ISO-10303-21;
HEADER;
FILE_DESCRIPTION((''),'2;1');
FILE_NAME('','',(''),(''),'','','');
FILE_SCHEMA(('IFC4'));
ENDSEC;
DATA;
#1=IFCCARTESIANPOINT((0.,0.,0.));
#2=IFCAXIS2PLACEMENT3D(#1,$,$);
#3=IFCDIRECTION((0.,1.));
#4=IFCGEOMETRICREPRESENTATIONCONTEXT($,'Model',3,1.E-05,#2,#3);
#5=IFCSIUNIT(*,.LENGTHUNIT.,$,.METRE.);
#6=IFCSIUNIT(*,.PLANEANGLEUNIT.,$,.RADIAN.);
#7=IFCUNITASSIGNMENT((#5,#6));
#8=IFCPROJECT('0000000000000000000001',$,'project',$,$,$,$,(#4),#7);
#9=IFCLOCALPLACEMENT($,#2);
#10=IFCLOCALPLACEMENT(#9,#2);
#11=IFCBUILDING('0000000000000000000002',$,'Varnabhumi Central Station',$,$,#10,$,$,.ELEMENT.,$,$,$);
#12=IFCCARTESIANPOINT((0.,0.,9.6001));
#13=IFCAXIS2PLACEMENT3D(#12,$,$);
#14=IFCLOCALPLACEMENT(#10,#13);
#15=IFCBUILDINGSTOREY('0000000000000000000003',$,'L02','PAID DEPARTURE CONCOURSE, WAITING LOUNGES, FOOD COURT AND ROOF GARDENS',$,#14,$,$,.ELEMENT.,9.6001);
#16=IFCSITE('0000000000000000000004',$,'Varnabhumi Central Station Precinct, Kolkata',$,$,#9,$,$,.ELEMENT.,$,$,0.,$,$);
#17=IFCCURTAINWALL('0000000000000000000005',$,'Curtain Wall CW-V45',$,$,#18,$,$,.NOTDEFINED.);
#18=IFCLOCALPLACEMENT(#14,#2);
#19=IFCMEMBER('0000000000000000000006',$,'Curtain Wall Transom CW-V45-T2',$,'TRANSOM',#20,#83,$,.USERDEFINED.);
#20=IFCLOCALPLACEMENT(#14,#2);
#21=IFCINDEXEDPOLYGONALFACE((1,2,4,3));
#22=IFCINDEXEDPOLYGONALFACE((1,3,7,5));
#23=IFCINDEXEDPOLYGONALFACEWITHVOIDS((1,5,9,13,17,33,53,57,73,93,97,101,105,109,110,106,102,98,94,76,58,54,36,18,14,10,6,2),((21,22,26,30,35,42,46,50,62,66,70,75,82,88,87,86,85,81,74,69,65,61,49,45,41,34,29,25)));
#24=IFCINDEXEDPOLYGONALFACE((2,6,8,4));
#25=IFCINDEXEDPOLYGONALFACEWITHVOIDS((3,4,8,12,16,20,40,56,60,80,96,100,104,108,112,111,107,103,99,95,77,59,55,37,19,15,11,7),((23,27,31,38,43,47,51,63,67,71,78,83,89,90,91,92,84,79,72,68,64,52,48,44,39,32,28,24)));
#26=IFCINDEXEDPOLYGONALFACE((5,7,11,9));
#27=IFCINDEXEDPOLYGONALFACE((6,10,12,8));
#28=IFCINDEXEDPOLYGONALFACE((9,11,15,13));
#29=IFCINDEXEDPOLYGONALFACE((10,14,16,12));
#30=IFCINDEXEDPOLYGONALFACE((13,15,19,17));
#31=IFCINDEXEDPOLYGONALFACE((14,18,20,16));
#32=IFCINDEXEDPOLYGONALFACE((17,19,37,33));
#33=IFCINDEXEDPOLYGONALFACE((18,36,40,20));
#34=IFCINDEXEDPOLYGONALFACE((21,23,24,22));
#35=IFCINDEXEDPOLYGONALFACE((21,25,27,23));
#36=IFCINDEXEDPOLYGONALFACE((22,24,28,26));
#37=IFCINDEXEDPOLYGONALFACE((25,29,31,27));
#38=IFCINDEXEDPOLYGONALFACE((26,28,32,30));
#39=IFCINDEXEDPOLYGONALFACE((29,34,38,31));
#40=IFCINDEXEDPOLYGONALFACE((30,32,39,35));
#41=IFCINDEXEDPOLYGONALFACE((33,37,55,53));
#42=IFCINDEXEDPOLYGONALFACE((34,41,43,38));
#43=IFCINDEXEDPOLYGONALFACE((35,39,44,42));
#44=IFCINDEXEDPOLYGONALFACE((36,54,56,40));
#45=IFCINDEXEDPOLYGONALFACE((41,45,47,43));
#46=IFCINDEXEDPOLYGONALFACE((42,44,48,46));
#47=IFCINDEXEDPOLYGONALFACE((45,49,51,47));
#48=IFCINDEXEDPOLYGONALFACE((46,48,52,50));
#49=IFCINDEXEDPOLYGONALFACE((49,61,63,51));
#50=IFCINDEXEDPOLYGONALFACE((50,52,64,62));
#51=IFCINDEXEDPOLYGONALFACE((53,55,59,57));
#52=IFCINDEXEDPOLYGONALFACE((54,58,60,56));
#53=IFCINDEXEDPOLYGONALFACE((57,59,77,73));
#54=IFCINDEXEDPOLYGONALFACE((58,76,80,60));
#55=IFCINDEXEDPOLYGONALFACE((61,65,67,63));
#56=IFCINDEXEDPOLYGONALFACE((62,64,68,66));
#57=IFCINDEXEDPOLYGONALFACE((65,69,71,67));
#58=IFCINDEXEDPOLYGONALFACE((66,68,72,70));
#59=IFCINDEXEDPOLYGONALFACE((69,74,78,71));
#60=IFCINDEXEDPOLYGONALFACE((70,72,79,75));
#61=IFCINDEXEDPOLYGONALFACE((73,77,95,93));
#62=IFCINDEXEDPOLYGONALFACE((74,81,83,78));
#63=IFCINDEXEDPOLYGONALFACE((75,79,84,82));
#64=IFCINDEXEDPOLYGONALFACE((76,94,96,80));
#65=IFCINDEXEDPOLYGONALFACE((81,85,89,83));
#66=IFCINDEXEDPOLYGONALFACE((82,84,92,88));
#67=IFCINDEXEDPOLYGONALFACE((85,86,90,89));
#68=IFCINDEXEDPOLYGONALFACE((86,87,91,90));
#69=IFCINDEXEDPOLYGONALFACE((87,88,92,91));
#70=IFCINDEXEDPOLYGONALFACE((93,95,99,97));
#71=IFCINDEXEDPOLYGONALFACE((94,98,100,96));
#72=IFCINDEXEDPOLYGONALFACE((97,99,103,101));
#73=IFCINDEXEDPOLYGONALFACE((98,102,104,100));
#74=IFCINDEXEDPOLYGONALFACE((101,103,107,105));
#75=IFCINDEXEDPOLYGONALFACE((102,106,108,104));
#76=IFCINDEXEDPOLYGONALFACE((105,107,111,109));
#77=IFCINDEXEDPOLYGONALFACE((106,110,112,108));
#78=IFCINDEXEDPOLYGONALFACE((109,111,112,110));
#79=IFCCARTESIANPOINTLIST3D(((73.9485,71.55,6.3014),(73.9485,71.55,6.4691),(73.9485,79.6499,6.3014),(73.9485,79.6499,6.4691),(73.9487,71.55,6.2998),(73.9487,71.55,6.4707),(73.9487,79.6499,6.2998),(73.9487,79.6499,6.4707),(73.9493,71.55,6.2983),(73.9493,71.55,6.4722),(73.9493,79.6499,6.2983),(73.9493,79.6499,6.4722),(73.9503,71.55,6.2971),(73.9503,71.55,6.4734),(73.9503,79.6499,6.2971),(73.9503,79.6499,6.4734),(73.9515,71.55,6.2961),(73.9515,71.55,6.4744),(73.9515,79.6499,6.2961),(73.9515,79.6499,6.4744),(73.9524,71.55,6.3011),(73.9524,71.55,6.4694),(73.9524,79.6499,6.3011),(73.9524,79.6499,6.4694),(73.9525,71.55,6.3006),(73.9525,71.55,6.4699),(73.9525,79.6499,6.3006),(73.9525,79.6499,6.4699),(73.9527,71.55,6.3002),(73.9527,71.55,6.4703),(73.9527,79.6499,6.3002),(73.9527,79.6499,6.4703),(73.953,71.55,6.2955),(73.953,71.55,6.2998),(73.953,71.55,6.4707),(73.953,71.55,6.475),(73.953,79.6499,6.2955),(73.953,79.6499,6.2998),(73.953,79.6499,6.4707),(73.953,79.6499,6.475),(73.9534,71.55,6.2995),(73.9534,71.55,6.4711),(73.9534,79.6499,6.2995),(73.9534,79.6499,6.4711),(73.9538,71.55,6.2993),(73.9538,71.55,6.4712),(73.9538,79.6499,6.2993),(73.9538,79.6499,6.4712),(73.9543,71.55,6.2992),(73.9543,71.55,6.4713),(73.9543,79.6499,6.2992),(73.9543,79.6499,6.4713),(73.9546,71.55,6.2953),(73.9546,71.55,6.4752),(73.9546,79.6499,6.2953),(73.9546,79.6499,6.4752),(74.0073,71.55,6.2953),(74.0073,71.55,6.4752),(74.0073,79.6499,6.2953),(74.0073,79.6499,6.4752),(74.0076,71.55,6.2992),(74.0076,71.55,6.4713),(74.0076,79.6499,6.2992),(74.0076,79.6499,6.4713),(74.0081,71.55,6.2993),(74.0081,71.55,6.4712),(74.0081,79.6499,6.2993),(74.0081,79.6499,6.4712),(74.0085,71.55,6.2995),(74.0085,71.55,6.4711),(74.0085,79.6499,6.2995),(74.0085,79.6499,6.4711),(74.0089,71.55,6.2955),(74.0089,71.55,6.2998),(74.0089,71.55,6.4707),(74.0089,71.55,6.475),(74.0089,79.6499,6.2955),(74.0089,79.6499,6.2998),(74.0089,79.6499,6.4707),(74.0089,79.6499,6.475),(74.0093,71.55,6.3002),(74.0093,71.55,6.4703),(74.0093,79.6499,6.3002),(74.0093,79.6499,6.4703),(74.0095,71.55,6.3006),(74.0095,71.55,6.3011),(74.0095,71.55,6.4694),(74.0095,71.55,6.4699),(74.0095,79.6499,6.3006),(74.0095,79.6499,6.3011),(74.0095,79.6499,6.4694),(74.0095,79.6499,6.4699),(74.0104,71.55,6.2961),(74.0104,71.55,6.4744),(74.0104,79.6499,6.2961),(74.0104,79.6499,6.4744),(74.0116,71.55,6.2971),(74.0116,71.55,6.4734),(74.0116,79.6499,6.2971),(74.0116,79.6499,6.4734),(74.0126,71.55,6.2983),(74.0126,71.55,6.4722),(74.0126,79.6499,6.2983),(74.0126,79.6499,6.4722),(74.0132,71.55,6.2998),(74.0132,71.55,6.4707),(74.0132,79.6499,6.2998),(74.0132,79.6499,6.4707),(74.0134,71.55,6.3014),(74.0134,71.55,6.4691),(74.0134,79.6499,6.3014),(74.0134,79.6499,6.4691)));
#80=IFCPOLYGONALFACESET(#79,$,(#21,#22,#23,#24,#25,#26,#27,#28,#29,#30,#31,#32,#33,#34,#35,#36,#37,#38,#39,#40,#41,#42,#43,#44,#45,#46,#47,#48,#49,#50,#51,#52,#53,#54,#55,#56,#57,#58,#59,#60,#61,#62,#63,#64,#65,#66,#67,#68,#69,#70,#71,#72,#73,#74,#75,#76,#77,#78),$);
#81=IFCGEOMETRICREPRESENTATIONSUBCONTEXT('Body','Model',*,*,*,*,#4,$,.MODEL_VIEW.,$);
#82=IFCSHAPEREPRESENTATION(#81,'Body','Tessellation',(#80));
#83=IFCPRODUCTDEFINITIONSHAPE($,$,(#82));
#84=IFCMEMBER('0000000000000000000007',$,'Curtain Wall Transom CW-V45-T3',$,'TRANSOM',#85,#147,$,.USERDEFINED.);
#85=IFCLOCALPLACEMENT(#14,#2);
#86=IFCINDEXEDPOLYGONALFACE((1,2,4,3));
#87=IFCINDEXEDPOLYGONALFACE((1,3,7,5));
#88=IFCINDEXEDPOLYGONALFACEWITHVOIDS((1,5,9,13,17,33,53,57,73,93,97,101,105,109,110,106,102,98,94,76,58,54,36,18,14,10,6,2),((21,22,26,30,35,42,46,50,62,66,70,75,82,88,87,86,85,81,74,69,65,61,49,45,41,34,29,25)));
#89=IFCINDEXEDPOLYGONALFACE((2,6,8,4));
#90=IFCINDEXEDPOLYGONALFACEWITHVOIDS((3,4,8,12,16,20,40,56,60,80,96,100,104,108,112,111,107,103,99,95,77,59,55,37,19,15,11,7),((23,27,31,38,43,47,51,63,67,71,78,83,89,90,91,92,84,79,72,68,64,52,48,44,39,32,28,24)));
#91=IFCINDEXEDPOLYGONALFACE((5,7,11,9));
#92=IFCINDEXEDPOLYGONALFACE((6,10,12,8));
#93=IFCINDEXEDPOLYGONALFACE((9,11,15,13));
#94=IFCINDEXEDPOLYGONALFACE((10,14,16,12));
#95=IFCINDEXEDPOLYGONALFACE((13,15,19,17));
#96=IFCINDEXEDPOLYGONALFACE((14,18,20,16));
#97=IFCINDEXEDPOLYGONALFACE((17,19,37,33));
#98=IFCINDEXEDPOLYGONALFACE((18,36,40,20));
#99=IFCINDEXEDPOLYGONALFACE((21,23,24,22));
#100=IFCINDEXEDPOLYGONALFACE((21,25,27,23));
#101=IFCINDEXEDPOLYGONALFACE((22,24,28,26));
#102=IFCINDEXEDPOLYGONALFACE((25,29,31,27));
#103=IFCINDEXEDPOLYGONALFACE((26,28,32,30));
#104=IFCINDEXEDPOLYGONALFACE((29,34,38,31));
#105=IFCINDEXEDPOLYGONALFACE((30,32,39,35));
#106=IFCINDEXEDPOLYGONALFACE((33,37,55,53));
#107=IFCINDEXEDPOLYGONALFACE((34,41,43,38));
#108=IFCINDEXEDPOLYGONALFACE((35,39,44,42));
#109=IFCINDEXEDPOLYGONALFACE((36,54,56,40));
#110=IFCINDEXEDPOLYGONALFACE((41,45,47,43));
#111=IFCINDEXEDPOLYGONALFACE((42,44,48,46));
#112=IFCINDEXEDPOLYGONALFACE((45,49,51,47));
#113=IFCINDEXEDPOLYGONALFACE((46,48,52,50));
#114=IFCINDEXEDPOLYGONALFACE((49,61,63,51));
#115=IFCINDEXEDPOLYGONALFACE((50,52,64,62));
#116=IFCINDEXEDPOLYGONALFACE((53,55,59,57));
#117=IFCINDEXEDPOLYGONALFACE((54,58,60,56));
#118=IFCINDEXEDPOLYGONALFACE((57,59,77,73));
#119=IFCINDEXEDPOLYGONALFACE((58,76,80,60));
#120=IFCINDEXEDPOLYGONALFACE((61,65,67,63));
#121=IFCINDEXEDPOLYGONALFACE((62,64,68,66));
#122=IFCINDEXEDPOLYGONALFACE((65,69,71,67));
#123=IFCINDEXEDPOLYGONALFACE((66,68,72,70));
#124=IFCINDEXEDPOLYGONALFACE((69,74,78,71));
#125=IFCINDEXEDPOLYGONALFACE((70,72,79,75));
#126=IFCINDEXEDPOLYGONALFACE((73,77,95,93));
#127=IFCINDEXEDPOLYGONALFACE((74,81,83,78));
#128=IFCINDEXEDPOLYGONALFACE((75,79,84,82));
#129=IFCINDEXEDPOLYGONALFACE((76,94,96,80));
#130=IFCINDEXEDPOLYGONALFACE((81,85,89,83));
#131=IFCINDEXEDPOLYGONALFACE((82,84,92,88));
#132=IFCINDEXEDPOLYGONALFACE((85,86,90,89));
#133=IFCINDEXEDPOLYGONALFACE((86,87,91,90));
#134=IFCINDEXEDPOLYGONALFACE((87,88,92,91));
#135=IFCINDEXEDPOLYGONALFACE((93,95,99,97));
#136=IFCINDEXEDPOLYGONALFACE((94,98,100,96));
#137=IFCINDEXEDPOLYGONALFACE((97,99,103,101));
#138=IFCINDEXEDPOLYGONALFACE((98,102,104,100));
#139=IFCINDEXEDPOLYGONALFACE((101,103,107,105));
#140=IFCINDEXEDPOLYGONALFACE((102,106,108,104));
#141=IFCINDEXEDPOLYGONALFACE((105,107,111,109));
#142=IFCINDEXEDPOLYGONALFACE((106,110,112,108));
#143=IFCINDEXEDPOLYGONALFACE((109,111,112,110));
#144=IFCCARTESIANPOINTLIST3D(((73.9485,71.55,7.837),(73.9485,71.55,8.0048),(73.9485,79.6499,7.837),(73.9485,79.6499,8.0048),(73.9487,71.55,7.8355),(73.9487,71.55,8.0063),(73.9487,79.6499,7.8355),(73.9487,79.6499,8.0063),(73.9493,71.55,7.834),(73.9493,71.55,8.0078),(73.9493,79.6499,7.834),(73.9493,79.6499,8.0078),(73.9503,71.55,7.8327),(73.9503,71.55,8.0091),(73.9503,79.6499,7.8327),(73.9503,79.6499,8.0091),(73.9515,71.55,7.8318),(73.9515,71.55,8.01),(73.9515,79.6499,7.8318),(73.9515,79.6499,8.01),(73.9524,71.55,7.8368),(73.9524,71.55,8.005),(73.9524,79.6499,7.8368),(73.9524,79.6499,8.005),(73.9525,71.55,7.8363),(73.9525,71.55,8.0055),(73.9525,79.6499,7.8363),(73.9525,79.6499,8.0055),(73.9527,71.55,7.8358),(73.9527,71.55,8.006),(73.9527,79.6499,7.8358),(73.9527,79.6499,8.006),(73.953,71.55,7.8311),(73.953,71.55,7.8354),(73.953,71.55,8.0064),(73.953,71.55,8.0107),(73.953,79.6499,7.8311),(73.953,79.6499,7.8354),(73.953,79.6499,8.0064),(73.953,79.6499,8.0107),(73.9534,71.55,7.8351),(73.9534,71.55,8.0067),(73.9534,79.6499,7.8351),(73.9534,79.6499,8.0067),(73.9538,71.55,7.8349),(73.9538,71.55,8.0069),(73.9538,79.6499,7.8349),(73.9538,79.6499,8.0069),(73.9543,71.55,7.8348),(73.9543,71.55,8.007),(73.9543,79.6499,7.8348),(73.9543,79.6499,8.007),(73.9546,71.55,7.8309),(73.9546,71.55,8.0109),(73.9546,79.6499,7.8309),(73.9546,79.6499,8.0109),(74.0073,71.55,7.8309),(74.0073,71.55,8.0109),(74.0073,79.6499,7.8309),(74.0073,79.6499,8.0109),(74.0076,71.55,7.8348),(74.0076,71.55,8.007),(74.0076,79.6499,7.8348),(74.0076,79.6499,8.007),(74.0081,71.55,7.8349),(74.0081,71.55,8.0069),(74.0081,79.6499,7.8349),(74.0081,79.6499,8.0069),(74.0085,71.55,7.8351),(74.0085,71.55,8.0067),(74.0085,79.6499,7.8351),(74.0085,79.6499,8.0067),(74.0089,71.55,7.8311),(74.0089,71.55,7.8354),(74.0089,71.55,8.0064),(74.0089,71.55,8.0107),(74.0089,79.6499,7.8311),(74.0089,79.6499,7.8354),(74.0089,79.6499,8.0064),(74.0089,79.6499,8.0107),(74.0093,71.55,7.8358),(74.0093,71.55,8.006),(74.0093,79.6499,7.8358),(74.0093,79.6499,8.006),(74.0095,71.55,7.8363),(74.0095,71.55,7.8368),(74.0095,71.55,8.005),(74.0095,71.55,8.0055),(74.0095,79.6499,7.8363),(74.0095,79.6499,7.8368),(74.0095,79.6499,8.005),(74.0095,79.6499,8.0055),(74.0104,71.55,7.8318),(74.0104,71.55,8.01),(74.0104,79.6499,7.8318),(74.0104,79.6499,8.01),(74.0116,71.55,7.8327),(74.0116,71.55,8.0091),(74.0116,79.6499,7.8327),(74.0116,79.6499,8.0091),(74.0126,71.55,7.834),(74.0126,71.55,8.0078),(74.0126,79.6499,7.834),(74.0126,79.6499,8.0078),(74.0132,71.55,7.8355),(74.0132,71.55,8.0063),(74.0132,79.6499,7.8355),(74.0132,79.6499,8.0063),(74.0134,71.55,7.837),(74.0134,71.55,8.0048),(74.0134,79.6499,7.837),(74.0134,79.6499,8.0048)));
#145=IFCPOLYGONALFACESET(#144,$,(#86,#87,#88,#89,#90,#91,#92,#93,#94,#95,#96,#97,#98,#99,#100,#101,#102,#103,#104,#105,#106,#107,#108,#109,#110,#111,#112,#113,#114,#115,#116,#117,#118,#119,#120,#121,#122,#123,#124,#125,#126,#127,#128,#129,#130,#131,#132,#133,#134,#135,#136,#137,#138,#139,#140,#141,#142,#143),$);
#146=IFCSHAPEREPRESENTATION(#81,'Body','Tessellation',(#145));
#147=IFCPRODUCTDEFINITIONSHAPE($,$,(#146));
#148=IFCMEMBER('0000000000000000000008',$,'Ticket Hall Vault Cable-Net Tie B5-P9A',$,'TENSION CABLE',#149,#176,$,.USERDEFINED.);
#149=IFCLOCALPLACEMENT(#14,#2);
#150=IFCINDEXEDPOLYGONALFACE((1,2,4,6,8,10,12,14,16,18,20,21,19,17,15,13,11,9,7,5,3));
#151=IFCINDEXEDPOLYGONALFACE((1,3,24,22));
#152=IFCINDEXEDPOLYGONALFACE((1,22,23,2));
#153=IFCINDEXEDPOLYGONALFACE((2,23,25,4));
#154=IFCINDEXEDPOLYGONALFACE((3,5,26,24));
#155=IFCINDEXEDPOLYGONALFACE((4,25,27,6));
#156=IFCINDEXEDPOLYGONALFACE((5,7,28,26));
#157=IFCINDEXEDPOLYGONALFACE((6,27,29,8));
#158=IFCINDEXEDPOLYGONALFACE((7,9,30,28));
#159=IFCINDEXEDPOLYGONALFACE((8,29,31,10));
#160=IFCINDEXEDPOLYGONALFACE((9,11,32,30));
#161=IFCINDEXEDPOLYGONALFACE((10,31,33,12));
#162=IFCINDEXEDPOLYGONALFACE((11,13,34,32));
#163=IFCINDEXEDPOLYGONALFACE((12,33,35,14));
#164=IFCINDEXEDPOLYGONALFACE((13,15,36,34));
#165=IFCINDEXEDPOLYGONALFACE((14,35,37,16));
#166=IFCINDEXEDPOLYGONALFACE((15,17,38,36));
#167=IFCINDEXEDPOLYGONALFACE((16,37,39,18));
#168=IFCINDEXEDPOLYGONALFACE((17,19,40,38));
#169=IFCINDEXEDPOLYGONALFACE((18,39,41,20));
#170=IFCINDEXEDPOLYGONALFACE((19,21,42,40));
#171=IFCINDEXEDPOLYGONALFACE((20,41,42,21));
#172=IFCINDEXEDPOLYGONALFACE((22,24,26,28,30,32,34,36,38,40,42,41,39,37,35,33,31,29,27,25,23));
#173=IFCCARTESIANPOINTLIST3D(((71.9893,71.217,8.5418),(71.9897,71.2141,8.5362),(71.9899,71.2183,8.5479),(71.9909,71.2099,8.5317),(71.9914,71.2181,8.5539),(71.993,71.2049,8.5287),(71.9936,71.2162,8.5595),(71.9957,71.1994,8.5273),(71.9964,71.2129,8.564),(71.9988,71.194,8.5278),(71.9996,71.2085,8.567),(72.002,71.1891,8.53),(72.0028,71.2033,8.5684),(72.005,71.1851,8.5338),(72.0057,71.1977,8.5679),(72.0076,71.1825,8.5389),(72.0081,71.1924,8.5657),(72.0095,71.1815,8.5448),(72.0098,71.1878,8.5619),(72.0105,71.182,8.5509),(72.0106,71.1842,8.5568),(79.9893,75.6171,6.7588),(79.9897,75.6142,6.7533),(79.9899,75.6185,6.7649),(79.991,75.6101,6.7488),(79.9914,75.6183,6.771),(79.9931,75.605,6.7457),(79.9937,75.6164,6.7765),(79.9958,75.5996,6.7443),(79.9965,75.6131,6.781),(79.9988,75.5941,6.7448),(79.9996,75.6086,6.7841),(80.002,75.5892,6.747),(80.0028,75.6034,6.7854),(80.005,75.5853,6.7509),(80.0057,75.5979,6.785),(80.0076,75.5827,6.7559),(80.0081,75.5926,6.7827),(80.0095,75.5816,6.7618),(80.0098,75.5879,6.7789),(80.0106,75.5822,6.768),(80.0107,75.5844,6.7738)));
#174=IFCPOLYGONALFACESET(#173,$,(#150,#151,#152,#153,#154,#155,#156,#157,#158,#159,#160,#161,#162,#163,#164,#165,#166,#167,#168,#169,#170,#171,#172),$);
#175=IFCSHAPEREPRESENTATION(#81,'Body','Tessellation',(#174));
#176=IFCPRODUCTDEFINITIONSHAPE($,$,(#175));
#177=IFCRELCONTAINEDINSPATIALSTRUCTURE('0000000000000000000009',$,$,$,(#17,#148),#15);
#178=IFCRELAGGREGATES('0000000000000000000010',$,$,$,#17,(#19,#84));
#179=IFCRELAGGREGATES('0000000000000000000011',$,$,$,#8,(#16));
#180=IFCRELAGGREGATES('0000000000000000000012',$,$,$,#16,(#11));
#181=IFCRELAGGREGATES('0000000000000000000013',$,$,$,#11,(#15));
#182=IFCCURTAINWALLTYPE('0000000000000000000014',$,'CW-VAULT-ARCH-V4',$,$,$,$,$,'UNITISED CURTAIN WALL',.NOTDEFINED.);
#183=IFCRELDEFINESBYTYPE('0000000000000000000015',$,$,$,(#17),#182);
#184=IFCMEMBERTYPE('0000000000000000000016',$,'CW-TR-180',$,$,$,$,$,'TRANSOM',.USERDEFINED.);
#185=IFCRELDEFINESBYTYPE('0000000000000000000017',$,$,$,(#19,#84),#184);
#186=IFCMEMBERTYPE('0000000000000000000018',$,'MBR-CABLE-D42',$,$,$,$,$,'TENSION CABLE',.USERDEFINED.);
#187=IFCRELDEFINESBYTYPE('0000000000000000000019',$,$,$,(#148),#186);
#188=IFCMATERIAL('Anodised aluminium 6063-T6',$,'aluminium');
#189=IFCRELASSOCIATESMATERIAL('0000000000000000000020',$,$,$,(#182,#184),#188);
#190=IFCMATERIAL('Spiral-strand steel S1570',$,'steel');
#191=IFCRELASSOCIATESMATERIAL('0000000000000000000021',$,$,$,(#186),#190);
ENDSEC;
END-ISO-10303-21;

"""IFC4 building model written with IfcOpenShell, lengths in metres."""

from ifc_helpers import new_model, si_unit, direction, frame, origin, origin_2d, place, context, subcontext, project, spatial, hollow_rectangle, circle, extrude, material, material_profile, profile_set, type_object, element, aggregate, save


model = new_model("IFC4")

# Units and contexts
model_context = context("Model", 3, precision=1e-05, world=origin(), true_north=direction((0.0, 1.0)))
body_context = subcontext(model_context, "Body", "Model", "MODEL_VIEW")
ifc_project = project(units=[si_unit("LENGTHUNIT", "METRE"), si_unit("PLANEANGLEUNIT", "RADIAN")], contexts=[model_context])

# Site, building, storey
site_placement = place(None, origin())
site = spatial("IfcSite", under=ifc_project, at=site_placement, Name="Varnabhumi Central Station Precinct, Kolkata", CompositionType="ELEMENT", RefElevation=0.0)
building_placement = place(site_placement, origin())
building = spatial("IfcBuilding", under=site, at=building_placement, Name="Varnabhumi Central Station", CompositionType="ELEMENT")
storey_placement = place(building_placement, frame((0.0, 0.0, 9.6001)))
storey = spatial("IfcBuildingStorey", under=building, at=storey_placement, Name="L02", Description="PAID DEPARTURE CONCOURSE, WAITING LOUNGES, FOOD COURT AND ROOF GARDENS", CompositionType="ELEMENT", Elevation=9.6001)

# Curtain wall, members
ifc_material_1 = material(Name="Anodised aluminium 6063-T6", Category="aluminium")
curtain_wall_type = type_object("IfcCurtainWallType", Name="CW-VAULT-ARCH-V4", ElementType="UNITISED CURTAIN WALL", PredefinedType="NOTDEFINED", material=ifc_material_1)
curtain_wall_1_placement = place(storey_placement, origin())
curtain_wall_1 = element("IfcCurtainWall", 1, at=curtain_wall_1_placement, inside=storey, type_object=curtain_wall_type, Name="Curtain Wall CW-V45", PredefinedType="NOTDEFINED")
ifc_material_profile_1 = material_profile(ifc_material_1, hollow_rectangle(XDim=0.0649, YDim=0.1799, WallThickness=0.0039, InnerFilletRadius=0.002, OuterFilletRadius=0.0061, at=origin_2d()), Name="Anodised aluminium 6063-T6", Category="aluminium")
ifc_profile_set_1 = profile_set([ifc_material_profile_1], Name="Anodised aluminium 6063-T6")
member_type_1 = type_object("IfcMemberType", Name="CW-TR-180", ElementType="TRANSOM", PredefinedType="USERDEFINED", material=ifc_profile_set_1)
member_1_placement = place(storey_placement, frame((73.981, 71.55, 6.3853), z_axis=(0.0, 1.0, 0.0), x_axis=(-1.0, 0.0, 0.0)))
member_1 = element("IfcMember", 2, at=member_1_placement, type_object=member_type_1, Name="Curtain Wall Transom CW-V45-T2", ObjectType="TRANSOM", PredefinedType="USERDEFINED", context=body_context, shape_type="SweptSolid", body=[
    extrude(hollow_rectangle(XDim=0.0649, YDim=0.1799, WallThickness=0.0039, InnerFilletRadius=0.002, OuterFilletRadius=0.0061, at=origin_2d()), origin(), (0.0, 0.0, 1.0), 8.0999),
])
member_2_placement = place(storey_placement, frame((73.981, 71.55, 7.9209), z_axis=(0.0, 1.0, 0.0), x_axis=(-1.0, 0.0, 0.0)))
member_2 = element("IfcMember", 3, at=member_2_placement, type_object=member_type_1, Name="Curtain Wall Transom CW-V45-T3", ObjectType="TRANSOM", PredefinedType="USERDEFINED", context=body_context, shape_type="SweptSolid", body=[
    extrude(hollow_rectangle(XDim=0.0649, YDim=0.1799, WallThickness=0.0039, InnerFilletRadius=0.002, OuterFilletRadius=0.0061, at=origin_2d()), origin(), (0.0, 0.0, 1.0), 8.0999),
])

# Member
ifc_material_2 = material(Name="Spiral-strand steel S1570", Category="steel")
ifc_material_profile_2 = material_profile(ifc_material_2, circle(Radius=0.021, at=origin_2d()), Name="Spiral-strand steel S1570", Category="steel")
ifc_profile_set_2 = profile_set([ifc_material_profile_2], Name="Spiral-strand steel S1570")
member_type_2 = type_object("IfcMemberType", Name="MBR-CABLE-D42", ElementType="TENSION CABLE", PredefinedType="USERDEFINED", material=ifc_profile_set_2)
member_3_placement = place(storey_placement, frame((72.0, 71.2, 8.5479), z_axis=(0.859965, 0.472997, -0.19166), x_axis=(-0.481931, 0.876209, 0.0)))
element("IfcMember", 4, at=member_3_placement, inside=storey, type_object=member_type_2, Name="Ticket Hall Vault Cable-Net Tie B5-P9A", ObjectType="TENSION CABLE", PredefinedType="USERDEFINED", context=body_context, shape_type="SweptSolid", body=[
    extrude(circle(Radius=0.021, at=origin_2d()), origin(), (0.0, 0.0, 1.0), 9.3027),
])

aggregate(curtain_wall_1, [member_1, member_2])

save(model, "model.ifc")
